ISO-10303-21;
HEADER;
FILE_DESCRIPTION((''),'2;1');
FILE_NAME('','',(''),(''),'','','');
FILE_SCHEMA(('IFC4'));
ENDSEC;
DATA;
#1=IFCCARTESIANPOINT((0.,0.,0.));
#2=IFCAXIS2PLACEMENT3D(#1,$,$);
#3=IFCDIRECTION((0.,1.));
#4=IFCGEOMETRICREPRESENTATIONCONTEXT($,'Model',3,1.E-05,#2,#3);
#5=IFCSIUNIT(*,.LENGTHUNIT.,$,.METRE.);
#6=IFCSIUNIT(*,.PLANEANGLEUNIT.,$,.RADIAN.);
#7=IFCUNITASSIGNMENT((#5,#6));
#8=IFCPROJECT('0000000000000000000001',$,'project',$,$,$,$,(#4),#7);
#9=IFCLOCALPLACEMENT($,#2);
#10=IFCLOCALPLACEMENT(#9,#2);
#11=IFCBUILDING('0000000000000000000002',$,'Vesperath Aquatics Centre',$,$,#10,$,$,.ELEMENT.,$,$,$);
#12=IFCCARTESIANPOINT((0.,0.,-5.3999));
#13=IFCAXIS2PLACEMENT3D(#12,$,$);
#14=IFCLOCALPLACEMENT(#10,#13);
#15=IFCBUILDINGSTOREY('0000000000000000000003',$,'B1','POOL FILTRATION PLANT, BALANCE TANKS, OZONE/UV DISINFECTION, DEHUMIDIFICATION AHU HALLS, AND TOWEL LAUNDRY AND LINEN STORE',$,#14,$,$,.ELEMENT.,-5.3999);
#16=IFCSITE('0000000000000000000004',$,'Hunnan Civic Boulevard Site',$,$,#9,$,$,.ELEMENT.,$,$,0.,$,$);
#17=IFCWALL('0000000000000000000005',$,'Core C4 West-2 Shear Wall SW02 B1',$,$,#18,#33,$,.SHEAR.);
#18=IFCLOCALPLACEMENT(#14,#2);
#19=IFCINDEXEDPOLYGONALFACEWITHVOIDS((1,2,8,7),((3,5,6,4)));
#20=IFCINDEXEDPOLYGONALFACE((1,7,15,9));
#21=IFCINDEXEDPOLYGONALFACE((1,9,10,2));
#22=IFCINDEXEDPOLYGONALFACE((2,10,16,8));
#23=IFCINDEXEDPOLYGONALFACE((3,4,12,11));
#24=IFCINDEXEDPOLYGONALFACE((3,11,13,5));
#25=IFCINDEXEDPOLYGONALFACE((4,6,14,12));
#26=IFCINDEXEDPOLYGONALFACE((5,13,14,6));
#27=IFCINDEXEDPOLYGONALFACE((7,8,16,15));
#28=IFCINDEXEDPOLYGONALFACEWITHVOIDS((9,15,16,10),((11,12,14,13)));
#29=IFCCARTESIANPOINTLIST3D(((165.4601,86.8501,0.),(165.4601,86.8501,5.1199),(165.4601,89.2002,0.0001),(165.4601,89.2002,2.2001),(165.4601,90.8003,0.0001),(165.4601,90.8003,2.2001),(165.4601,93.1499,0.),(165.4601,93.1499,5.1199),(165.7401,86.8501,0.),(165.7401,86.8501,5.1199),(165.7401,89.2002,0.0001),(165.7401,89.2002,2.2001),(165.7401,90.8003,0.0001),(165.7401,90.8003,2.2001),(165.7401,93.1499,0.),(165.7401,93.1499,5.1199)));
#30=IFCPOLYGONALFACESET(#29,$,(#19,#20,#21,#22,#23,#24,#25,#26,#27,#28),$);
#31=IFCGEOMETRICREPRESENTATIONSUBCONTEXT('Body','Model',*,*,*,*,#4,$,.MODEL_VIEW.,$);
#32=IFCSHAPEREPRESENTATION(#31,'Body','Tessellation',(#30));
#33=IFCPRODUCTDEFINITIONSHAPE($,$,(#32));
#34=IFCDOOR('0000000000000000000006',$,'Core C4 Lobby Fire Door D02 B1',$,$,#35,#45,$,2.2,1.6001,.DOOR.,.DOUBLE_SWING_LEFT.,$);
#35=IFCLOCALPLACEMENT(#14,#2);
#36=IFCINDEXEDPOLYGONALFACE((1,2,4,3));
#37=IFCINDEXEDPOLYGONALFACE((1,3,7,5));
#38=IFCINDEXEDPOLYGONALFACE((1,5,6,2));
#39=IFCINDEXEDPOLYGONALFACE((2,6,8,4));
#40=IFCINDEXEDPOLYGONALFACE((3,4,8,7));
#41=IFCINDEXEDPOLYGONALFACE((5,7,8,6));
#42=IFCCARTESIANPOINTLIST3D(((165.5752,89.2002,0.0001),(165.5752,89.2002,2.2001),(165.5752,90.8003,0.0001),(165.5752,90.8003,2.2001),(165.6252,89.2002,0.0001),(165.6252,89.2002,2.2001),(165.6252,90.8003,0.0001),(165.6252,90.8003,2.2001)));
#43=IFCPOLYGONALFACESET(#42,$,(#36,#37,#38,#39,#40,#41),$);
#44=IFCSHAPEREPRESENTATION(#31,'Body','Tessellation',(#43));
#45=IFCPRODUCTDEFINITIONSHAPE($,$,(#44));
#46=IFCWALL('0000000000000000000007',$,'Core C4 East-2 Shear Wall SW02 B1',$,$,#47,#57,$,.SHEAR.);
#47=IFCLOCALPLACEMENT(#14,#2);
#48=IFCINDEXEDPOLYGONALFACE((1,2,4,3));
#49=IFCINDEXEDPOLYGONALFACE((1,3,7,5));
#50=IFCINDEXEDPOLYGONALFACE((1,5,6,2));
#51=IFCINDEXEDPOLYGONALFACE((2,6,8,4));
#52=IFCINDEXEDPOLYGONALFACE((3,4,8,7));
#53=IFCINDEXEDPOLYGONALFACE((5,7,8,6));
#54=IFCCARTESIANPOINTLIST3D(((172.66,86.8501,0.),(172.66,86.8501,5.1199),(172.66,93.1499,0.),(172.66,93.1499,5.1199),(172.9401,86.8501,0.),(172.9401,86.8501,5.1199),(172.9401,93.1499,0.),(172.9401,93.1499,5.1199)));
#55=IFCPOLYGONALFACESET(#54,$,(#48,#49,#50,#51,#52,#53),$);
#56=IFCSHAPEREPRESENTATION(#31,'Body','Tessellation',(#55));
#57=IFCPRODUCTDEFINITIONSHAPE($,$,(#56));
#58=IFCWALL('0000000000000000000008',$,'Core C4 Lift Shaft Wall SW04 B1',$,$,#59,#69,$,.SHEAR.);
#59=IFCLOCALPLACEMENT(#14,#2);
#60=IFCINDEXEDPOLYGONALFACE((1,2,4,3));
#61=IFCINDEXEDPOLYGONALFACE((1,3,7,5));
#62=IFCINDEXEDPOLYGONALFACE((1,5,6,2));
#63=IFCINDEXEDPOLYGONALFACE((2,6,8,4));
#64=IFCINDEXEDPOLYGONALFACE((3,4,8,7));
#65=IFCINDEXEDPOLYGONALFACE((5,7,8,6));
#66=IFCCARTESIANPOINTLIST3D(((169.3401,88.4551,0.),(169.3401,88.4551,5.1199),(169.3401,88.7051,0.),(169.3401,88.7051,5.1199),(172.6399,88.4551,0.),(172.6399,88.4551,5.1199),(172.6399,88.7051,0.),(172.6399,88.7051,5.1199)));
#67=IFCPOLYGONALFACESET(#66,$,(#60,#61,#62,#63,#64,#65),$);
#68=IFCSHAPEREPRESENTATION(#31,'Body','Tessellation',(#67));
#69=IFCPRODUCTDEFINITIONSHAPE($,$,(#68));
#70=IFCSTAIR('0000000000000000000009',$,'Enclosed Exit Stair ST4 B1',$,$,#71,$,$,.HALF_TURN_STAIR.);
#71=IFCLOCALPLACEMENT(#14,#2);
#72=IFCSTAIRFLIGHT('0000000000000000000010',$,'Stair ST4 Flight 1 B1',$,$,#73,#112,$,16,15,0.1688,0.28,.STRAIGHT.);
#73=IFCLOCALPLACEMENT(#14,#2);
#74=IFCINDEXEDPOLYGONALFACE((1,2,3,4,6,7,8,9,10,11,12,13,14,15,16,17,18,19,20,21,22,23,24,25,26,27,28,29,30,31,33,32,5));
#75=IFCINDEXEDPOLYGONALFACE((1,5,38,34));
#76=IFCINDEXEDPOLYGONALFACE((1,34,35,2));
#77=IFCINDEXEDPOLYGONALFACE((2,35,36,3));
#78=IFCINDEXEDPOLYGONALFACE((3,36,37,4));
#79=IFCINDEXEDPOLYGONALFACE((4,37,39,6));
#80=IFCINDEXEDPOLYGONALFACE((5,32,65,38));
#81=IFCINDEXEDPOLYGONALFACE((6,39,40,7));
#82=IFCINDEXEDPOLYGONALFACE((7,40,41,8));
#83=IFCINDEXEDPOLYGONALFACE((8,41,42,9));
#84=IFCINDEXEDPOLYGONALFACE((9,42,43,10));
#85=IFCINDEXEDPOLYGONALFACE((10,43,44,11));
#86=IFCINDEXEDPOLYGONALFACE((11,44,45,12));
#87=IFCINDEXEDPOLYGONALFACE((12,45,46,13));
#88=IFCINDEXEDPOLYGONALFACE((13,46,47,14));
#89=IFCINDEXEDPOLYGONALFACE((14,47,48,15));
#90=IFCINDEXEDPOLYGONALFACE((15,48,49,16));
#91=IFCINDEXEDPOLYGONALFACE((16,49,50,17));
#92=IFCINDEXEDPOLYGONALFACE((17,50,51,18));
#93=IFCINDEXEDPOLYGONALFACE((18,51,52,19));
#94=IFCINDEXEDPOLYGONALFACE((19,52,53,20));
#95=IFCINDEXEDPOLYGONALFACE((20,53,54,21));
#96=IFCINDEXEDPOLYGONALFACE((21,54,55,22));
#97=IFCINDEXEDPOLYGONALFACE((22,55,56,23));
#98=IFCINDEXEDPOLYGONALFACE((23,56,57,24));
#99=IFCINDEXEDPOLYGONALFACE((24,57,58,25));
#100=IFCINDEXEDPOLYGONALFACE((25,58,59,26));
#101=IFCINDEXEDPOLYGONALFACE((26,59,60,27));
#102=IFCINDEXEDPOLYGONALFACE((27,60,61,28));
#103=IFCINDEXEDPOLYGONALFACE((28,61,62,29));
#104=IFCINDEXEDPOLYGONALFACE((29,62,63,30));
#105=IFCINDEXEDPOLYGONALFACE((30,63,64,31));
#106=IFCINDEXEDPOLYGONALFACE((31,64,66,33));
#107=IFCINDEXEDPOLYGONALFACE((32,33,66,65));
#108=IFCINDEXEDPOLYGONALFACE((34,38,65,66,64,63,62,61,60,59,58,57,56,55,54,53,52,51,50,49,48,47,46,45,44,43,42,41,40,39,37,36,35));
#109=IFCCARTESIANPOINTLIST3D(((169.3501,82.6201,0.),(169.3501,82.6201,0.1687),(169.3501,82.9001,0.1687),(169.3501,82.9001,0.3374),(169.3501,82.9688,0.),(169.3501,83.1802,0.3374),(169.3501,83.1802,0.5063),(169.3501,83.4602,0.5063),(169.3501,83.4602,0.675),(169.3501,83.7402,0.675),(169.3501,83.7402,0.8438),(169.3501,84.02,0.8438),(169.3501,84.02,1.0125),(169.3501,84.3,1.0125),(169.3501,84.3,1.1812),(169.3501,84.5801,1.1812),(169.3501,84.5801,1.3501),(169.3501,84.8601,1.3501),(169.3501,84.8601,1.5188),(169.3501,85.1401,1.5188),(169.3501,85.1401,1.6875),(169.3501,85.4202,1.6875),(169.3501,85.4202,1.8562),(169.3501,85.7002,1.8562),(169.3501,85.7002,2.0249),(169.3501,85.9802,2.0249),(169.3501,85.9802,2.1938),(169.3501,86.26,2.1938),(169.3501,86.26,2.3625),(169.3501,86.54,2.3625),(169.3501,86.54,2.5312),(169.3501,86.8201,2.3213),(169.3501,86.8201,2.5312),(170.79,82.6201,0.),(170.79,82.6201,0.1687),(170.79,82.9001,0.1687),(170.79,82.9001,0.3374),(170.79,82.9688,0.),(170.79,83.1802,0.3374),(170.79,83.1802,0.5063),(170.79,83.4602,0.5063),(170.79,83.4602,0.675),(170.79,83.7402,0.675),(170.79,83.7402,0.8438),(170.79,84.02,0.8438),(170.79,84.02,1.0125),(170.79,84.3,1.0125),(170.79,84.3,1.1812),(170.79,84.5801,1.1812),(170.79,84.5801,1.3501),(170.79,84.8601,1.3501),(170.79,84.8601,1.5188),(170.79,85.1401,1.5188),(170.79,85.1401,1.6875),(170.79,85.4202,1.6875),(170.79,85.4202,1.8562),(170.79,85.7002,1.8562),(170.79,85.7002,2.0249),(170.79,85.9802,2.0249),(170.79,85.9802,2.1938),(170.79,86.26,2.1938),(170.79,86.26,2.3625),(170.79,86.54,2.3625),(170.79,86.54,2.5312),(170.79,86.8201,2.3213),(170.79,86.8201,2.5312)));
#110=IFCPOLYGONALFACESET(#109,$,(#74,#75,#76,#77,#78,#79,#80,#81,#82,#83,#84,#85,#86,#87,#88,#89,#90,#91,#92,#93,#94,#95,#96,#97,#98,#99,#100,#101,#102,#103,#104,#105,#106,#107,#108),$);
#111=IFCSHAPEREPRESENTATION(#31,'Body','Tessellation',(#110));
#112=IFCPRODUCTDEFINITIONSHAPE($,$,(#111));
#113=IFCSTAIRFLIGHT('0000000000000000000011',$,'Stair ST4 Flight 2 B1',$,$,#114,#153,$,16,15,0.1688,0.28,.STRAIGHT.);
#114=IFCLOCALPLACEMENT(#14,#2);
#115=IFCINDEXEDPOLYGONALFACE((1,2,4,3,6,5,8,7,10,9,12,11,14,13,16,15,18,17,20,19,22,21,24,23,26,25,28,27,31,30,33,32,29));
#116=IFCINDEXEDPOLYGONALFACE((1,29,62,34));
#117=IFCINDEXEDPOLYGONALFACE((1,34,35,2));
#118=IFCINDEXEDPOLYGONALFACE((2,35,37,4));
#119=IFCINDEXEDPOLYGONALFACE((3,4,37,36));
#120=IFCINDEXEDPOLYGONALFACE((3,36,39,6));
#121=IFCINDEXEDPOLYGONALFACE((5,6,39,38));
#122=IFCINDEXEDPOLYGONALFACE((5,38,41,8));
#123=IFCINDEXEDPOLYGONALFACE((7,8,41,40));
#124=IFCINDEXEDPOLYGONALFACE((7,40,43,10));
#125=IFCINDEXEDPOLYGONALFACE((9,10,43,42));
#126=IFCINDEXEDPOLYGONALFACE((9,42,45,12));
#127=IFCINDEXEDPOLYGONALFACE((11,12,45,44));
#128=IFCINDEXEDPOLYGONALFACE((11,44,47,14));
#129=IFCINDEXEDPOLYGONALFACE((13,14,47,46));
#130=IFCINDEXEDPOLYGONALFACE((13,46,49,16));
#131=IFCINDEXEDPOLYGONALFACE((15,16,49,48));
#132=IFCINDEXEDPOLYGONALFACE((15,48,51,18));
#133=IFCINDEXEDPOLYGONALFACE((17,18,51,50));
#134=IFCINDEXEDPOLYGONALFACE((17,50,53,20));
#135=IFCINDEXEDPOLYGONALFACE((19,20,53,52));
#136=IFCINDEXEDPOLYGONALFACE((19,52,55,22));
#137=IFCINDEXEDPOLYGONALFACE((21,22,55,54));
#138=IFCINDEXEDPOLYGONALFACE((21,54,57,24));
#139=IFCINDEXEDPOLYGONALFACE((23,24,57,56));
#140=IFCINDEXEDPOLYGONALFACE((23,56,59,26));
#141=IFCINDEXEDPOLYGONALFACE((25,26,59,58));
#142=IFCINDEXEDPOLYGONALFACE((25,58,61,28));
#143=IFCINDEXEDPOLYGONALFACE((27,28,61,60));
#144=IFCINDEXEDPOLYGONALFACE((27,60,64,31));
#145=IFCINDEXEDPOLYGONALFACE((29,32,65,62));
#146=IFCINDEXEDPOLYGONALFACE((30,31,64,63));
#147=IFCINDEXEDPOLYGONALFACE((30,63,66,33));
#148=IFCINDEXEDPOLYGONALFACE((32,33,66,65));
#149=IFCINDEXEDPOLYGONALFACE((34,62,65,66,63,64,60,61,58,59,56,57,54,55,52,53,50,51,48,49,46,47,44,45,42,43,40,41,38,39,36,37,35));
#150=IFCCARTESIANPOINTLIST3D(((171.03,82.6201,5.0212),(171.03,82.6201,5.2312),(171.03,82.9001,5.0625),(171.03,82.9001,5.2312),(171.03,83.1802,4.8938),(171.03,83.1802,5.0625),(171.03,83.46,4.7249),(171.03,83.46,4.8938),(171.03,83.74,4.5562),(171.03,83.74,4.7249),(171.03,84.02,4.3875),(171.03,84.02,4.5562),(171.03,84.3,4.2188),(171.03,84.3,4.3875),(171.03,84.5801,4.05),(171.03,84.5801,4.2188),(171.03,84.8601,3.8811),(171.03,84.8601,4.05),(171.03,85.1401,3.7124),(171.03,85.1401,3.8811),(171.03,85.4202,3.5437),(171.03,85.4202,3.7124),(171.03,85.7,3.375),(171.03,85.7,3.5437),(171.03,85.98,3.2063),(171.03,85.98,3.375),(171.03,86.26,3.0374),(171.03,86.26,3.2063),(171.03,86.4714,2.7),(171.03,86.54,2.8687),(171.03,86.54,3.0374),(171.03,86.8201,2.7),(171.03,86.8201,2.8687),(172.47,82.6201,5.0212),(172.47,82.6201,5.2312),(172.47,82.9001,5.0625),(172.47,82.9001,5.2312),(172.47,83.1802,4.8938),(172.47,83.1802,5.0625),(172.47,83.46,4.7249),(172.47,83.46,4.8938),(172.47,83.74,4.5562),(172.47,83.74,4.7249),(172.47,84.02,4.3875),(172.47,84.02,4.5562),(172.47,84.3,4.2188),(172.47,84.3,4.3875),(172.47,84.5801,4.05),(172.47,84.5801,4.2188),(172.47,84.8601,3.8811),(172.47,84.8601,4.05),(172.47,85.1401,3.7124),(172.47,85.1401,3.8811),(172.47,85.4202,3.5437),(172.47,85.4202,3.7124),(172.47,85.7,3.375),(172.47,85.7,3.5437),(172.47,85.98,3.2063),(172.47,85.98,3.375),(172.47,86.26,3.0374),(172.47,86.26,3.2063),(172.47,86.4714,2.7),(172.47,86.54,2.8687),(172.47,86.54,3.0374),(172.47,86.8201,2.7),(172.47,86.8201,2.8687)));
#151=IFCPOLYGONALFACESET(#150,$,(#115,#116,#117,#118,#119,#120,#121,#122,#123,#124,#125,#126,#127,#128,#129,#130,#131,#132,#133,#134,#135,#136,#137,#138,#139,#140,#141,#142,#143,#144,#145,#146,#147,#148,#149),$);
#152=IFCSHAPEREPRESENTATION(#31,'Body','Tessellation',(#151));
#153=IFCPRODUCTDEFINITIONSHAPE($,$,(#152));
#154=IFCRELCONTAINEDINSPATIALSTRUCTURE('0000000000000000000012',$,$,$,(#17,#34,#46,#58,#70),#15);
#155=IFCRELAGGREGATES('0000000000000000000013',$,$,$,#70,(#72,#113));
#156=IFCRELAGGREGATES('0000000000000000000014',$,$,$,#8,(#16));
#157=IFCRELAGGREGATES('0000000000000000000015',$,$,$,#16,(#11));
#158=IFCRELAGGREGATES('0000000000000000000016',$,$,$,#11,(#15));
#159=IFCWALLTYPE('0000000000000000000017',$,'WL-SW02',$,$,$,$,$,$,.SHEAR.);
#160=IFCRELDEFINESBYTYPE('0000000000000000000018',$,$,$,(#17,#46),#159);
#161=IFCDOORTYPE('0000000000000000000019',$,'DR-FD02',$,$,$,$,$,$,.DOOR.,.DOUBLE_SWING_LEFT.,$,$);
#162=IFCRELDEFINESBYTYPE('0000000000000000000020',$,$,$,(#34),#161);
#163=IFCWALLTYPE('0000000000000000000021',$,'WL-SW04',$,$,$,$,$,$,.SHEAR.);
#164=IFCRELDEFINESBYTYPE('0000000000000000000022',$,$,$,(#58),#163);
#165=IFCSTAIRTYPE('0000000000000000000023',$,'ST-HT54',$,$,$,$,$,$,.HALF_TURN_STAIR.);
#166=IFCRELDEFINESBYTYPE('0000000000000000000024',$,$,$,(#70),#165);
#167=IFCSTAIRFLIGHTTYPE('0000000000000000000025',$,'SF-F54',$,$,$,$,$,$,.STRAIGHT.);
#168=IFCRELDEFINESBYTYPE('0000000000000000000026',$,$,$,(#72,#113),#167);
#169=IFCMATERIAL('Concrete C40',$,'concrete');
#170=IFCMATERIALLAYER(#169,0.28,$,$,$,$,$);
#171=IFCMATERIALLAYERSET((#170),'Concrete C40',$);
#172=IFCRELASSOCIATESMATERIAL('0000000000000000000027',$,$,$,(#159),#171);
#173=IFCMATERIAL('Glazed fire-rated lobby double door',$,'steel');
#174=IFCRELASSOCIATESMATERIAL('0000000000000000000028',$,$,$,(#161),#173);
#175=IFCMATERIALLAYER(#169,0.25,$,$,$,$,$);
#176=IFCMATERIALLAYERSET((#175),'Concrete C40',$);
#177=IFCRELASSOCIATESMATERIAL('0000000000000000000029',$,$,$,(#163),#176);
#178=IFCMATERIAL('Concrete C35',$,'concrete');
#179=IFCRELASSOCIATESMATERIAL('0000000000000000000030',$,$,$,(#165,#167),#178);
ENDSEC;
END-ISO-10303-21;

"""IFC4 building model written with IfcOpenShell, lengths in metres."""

from ifc_helpers import new_model, si_unit, direction, frame, frame_2d, origin, place, context, subcontext, project, spatial, polyline, rectangle, outline, extrude, material, layer, layer_set, type_object, element, fill, aggregate, save


model = new_model("IFC4")

# Units and contexts
model_context = context("Model", 3, precision=1e-05, world=origin(), true_north=direction((0.0, 1.0)))
body_context = subcontext(model_context, "Body", "Model", "MODEL_VIEW")
ifc_project = project(units=[si_unit("LENGTHUNIT", "METRE"), si_unit("PLANEANGLEUNIT", "RADIAN")], contexts=[model_context])

# Site, building, storey
site_placement = place(None, origin())
site = spatial("IfcSite", under=ifc_project, at=site_placement, Name="Hunnan Civic Boulevard Site", CompositionType="ELEMENT", RefElevation=0.0)
building_placement = place(site_placement, origin())
building = spatial("IfcBuilding", under=site, at=building_placement, Name="Vesperath Aquatics Centre", CompositionType="ELEMENT")
storey_placement = place(building_placement, frame((0.0, 0.0, -5.3999)))
storey = spatial("IfcBuildingStorey", under=building, at=storey_placement, Name="B1", Description="POOL FILTRATION PLANT, BALANCE TANKS, OZONE/UV DISINFECTION, DEHUMIDIFICATION AHU HALLS, AND TOWEL LAUNDRY AND LINEN STORE", CompositionType="ELEMENT", Elevation=-5.3999)

# Shared definitions
ifc_material_1 = material(Name="Concrete C40", Category="concrete")

# Shared definitions
ifc_material_2 = material(Name="Concrete C35", Category="concrete")

# Shared definitions
ifc_layer_1 = layer(ifc_material_1, 0.28)
ifc_layer_set_1 = layer_set([ifc_layer_1], Name="Concrete C40")
wall_type_1 = type_object("IfcWallType", Name="WL-SW02", PredefinedType="SHEAR", material=ifc_layer_set_1)

# Wall, opening, door
wall_1_placement = place(storey_placement, frame((165.6001, 86.8501, 0.0), z_axis=(0.0, 0.0, 1.0), x_axis=(0.0, 1.0, 0.0)))
wall_1 = element("IfcWall", 1, at=wall_1_placement, inside=storey, type_object=wall_type_1, Name="Core C4 West-2 Shear Wall SW02 B1", PredefinedType="SHEAR", context=body_context, shape_type="SweptSolid", body=[
    extrude(rectangle(XDim=6.2998, YDim=0.28, at=frame_2d((3.1499, 0.0))), origin(), (0.0, 0.0, 1.0), 5.1199),
])
opening_placement = place(wall_1_placement, frame((2.3501, 0.0, 0.0)))
opening = element("IfcOpeningElement", 2, at=opening_placement, cuts=wall_1, PredefinedType="OPENING", context=body_context, shape_type="SweptSolid", body=[
    extrude(rectangle(XDim=1.6001, YDim=2.2, at=frame_2d((0.8, 1.1001))), frame((0.0, 0.1548, 0.0), z_axis=(0.0, -1.0, 0.0), x_axis=(1.0, 0.0, 0.0)), (0.0, 0.0, 1.0), 0.3098),
])
ifc_material_3 = material(Name="Glazed fire-rated lobby double door", Category="steel")
door_type = type_object("IfcDoorType", Name="DR-FD02", OperationType="DOUBLE_SWING_LEFT", PredefinedType="DOOR", material=ifc_material_3)
door_placement = place(opening_placement, origin())
door = element("IfcDoor", 3, at=door_placement, inside=storey, type_object=door_type, Name="Core C4 Lobby Fire Door D02 B1", OperationType="DOUBLE_SWING_LEFT", OverallHeight=2.2, OverallWidth=1.6001, PredefinedType="DOOR", context=body_context, shape_type="SweptSolid", body=[
    extrude(rectangle(XDim=1.6001, YDim=2.2, at=frame_2d((0.8, 1.1001))), frame((0.0, 0.0249, 0.0), z_axis=(0.0, -1.0, 0.0), x_axis=(1.0, 0.0, 0.0)), (0.0, 0.0, 1.0), 0.05),
])
fill(opening, door)

# Walls
wall_2_placement = place(storey_placement, frame((172.8, 86.8501, 0.0), z_axis=(0.0, 0.0, 1.0), x_axis=(0.0, 1.0, 0.0)))
element("IfcWall", 4, at=wall_2_placement, inside=storey, type_object=wall_type_1, Name="Core C4 East-2 Shear Wall SW02 B1", PredefinedType="SHEAR", context=body_context, shape_type="SweptSolid", body=[
    extrude(rectangle(XDim=6.2998, YDim=0.28, at=frame_2d((3.1499, 0.0))), origin(), (0.0, 0.0, 1.0), 5.1199),
])
ifc_layer_2 = layer(ifc_material_1, 0.25)
ifc_layer_set_2 = layer_set([ifc_layer_2], Name="Concrete C40")
wall_type_2 = type_object("IfcWallType", Name="WL-SW04", PredefinedType="SHEAR", material=ifc_layer_set_2)
wall_3_placement = place(storey_placement, frame((169.3401, 88.5801, 0.0), z_axis=(0.0, 0.0, 1.0), x_axis=(1.0, 0.0, 0.0)))
element("IfcWall", 5, at=wall_3_placement, inside=storey, type_object=wall_type_2, Name="Core C4 Lift Shaft Wall SW04 B1", PredefinedType="SHEAR", context=body_context, shape_type="SweptSolid", body=[
    extrude(rectangle(XDim=3.2998, YDim=0.25, at=frame_2d((1.6499, 0.0))), origin(), (0.0, 0.0, 1.0), 5.1199),
])

# Stair, stair flights
stair_type = type_object("IfcStairType", Name="ST-HT54", PredefinedType="HALF_TURN_STAIR", material=ifc_material_2)
stair_placement = place(storey_placement, origin())
stair = element("IfcStair", 6, at=stair_placement, inside=storey, type_object=stair_type, Name="Enclosed Exit Stair ST4 B1", PredefinedType="HALF_TURN_STAIR")
stair_flight_type = type_object("IfcStairFlightType", Name="SF-F54", PredefinedType="STRAIGHT", material=ifc_material_2)
stair_flight_1_placement = place(storey_placement, frame((170.0701, 82.6201, 0.0), z_axis=(0.0, 0.0, 1.0), x_axis=(0.0, 1.0, 0.0)))
stair_flight_1 = element("IfcStairFlight", 7, at=stair_flight_1_placement, type_object=stair_flight_type, Name="Stair ST4 Flight 1 B1", NumberOfRisers=16, NumberOfTreads=15, PredefinedType="STRAIGHT", RiserHeight=0.1688, TreadLength=0.28, context=body_context, shape_type="SweptSolid", body=[
    extrude(outline(polyline([(0.0, 0.0), (0.0, 0.1687), (0.28, 0.1687), (0.28, 0.3374), (0.5601, 0.3374), (0.5601, 0.5063), (0.8401, 0.5063), (0.8401, 0.675), (1.1201, 0.675), (1.1201, 0.8438), (1.3999, 0.8438), (1.3999, 1.0125), (1.6799, 1.0125), (1.6799, 1.1812), (1.96, 1.1812), (1.96, 1.3501), (2.24, 1.3501), (2.24, 1.5188), (2.52, 1.5188), (2.52, 1.6875), (2.8, 1.6875), (2.8, 1.8562), (3.0801, 1.8562), (3.0801, 2.0249), (3.3601, 2.0249), (3.3601, 2.1938), (3.6399, 2.1938), (3.6399, 2.3625), (3.9199, 2.3625), (3.9199, 2.5312), (4.2, 2.5312), (4.2, 2.7), (4.2, 2.3213), (0.3486, 0.0), (0.0, 0.0)])), frame((0.0, 0.72, 0.0), z_axis=(0.0, -1.0, 0.0), x_axis=(1.0, 0.0, 0.0)), (0.0, 0.0, 1.0), 1.4399),
])
stair_flight_2_placement = place(storey_placement, frame((171.75, 86.8201, 2.7), z_axis=(0.0, 0.0, 1.0), x_axis=(0.0, -1.0, 0.0)))
stair_flight_2 = element("IfcStairFlight", 8, at=stair_flight_2_placement, type_object=stair_flight_type, Name="Stair ST4 Flight 2 B1", NumberOfRisers=16, NumberOfTreads=15, PredefinedType="STRAIGHT", RiserHeight=0.1688, TreadLength=0.28, context=body_context, shape_type="SweptSolid", body=[
    extrude(outline(polyline([(0.0, 0.0), (0.0, 0.1687), (0.28, 0.1687), (0.28, 0.3374), (0.5601, 0.3374), (0.5601, 0.5063), (0.8401, 0.5063), (0.8401, 0.675), (1.1201, 0.675), (1.1201, 0.8438), (1.3999, 0.8438), (1.3999, 1.0125), (1.6799, 1.0125), (1.6799, 1.1812), (1.96, 1.1812), (1.96, 1.3501), (2.24, 1.3501), (2.24, 1.5188), (2.52, 1.5188), (2.52, 1.6875), (2.8, 1.6875), (2.8, 1.8562), (3.0801, 1.8562), (3.0801, 2.0249), (3.3601, 2.0249), (3.3601, 2.1938), (3.6399, 2.1938), (3.6399, 2.3625), (3.9199, 2.3625), (3.9199, 2.5312), (4.2, 2.5312), (4.2, 2.7), (4.2, 2.3213), (0.3486, 0.0), (0.0, 0.0)])), frame((0.0, 0.72, 0.0), z_axis=(0.0, -1.0, 0.0), x_axis=(1.0, 0.0, 0.0)), (0.0, 0.0, 1.0), 1.4399),
])
aggregate(stair, [stair_flight_1, stair_flight_2])

save(model, "model.ifc")
